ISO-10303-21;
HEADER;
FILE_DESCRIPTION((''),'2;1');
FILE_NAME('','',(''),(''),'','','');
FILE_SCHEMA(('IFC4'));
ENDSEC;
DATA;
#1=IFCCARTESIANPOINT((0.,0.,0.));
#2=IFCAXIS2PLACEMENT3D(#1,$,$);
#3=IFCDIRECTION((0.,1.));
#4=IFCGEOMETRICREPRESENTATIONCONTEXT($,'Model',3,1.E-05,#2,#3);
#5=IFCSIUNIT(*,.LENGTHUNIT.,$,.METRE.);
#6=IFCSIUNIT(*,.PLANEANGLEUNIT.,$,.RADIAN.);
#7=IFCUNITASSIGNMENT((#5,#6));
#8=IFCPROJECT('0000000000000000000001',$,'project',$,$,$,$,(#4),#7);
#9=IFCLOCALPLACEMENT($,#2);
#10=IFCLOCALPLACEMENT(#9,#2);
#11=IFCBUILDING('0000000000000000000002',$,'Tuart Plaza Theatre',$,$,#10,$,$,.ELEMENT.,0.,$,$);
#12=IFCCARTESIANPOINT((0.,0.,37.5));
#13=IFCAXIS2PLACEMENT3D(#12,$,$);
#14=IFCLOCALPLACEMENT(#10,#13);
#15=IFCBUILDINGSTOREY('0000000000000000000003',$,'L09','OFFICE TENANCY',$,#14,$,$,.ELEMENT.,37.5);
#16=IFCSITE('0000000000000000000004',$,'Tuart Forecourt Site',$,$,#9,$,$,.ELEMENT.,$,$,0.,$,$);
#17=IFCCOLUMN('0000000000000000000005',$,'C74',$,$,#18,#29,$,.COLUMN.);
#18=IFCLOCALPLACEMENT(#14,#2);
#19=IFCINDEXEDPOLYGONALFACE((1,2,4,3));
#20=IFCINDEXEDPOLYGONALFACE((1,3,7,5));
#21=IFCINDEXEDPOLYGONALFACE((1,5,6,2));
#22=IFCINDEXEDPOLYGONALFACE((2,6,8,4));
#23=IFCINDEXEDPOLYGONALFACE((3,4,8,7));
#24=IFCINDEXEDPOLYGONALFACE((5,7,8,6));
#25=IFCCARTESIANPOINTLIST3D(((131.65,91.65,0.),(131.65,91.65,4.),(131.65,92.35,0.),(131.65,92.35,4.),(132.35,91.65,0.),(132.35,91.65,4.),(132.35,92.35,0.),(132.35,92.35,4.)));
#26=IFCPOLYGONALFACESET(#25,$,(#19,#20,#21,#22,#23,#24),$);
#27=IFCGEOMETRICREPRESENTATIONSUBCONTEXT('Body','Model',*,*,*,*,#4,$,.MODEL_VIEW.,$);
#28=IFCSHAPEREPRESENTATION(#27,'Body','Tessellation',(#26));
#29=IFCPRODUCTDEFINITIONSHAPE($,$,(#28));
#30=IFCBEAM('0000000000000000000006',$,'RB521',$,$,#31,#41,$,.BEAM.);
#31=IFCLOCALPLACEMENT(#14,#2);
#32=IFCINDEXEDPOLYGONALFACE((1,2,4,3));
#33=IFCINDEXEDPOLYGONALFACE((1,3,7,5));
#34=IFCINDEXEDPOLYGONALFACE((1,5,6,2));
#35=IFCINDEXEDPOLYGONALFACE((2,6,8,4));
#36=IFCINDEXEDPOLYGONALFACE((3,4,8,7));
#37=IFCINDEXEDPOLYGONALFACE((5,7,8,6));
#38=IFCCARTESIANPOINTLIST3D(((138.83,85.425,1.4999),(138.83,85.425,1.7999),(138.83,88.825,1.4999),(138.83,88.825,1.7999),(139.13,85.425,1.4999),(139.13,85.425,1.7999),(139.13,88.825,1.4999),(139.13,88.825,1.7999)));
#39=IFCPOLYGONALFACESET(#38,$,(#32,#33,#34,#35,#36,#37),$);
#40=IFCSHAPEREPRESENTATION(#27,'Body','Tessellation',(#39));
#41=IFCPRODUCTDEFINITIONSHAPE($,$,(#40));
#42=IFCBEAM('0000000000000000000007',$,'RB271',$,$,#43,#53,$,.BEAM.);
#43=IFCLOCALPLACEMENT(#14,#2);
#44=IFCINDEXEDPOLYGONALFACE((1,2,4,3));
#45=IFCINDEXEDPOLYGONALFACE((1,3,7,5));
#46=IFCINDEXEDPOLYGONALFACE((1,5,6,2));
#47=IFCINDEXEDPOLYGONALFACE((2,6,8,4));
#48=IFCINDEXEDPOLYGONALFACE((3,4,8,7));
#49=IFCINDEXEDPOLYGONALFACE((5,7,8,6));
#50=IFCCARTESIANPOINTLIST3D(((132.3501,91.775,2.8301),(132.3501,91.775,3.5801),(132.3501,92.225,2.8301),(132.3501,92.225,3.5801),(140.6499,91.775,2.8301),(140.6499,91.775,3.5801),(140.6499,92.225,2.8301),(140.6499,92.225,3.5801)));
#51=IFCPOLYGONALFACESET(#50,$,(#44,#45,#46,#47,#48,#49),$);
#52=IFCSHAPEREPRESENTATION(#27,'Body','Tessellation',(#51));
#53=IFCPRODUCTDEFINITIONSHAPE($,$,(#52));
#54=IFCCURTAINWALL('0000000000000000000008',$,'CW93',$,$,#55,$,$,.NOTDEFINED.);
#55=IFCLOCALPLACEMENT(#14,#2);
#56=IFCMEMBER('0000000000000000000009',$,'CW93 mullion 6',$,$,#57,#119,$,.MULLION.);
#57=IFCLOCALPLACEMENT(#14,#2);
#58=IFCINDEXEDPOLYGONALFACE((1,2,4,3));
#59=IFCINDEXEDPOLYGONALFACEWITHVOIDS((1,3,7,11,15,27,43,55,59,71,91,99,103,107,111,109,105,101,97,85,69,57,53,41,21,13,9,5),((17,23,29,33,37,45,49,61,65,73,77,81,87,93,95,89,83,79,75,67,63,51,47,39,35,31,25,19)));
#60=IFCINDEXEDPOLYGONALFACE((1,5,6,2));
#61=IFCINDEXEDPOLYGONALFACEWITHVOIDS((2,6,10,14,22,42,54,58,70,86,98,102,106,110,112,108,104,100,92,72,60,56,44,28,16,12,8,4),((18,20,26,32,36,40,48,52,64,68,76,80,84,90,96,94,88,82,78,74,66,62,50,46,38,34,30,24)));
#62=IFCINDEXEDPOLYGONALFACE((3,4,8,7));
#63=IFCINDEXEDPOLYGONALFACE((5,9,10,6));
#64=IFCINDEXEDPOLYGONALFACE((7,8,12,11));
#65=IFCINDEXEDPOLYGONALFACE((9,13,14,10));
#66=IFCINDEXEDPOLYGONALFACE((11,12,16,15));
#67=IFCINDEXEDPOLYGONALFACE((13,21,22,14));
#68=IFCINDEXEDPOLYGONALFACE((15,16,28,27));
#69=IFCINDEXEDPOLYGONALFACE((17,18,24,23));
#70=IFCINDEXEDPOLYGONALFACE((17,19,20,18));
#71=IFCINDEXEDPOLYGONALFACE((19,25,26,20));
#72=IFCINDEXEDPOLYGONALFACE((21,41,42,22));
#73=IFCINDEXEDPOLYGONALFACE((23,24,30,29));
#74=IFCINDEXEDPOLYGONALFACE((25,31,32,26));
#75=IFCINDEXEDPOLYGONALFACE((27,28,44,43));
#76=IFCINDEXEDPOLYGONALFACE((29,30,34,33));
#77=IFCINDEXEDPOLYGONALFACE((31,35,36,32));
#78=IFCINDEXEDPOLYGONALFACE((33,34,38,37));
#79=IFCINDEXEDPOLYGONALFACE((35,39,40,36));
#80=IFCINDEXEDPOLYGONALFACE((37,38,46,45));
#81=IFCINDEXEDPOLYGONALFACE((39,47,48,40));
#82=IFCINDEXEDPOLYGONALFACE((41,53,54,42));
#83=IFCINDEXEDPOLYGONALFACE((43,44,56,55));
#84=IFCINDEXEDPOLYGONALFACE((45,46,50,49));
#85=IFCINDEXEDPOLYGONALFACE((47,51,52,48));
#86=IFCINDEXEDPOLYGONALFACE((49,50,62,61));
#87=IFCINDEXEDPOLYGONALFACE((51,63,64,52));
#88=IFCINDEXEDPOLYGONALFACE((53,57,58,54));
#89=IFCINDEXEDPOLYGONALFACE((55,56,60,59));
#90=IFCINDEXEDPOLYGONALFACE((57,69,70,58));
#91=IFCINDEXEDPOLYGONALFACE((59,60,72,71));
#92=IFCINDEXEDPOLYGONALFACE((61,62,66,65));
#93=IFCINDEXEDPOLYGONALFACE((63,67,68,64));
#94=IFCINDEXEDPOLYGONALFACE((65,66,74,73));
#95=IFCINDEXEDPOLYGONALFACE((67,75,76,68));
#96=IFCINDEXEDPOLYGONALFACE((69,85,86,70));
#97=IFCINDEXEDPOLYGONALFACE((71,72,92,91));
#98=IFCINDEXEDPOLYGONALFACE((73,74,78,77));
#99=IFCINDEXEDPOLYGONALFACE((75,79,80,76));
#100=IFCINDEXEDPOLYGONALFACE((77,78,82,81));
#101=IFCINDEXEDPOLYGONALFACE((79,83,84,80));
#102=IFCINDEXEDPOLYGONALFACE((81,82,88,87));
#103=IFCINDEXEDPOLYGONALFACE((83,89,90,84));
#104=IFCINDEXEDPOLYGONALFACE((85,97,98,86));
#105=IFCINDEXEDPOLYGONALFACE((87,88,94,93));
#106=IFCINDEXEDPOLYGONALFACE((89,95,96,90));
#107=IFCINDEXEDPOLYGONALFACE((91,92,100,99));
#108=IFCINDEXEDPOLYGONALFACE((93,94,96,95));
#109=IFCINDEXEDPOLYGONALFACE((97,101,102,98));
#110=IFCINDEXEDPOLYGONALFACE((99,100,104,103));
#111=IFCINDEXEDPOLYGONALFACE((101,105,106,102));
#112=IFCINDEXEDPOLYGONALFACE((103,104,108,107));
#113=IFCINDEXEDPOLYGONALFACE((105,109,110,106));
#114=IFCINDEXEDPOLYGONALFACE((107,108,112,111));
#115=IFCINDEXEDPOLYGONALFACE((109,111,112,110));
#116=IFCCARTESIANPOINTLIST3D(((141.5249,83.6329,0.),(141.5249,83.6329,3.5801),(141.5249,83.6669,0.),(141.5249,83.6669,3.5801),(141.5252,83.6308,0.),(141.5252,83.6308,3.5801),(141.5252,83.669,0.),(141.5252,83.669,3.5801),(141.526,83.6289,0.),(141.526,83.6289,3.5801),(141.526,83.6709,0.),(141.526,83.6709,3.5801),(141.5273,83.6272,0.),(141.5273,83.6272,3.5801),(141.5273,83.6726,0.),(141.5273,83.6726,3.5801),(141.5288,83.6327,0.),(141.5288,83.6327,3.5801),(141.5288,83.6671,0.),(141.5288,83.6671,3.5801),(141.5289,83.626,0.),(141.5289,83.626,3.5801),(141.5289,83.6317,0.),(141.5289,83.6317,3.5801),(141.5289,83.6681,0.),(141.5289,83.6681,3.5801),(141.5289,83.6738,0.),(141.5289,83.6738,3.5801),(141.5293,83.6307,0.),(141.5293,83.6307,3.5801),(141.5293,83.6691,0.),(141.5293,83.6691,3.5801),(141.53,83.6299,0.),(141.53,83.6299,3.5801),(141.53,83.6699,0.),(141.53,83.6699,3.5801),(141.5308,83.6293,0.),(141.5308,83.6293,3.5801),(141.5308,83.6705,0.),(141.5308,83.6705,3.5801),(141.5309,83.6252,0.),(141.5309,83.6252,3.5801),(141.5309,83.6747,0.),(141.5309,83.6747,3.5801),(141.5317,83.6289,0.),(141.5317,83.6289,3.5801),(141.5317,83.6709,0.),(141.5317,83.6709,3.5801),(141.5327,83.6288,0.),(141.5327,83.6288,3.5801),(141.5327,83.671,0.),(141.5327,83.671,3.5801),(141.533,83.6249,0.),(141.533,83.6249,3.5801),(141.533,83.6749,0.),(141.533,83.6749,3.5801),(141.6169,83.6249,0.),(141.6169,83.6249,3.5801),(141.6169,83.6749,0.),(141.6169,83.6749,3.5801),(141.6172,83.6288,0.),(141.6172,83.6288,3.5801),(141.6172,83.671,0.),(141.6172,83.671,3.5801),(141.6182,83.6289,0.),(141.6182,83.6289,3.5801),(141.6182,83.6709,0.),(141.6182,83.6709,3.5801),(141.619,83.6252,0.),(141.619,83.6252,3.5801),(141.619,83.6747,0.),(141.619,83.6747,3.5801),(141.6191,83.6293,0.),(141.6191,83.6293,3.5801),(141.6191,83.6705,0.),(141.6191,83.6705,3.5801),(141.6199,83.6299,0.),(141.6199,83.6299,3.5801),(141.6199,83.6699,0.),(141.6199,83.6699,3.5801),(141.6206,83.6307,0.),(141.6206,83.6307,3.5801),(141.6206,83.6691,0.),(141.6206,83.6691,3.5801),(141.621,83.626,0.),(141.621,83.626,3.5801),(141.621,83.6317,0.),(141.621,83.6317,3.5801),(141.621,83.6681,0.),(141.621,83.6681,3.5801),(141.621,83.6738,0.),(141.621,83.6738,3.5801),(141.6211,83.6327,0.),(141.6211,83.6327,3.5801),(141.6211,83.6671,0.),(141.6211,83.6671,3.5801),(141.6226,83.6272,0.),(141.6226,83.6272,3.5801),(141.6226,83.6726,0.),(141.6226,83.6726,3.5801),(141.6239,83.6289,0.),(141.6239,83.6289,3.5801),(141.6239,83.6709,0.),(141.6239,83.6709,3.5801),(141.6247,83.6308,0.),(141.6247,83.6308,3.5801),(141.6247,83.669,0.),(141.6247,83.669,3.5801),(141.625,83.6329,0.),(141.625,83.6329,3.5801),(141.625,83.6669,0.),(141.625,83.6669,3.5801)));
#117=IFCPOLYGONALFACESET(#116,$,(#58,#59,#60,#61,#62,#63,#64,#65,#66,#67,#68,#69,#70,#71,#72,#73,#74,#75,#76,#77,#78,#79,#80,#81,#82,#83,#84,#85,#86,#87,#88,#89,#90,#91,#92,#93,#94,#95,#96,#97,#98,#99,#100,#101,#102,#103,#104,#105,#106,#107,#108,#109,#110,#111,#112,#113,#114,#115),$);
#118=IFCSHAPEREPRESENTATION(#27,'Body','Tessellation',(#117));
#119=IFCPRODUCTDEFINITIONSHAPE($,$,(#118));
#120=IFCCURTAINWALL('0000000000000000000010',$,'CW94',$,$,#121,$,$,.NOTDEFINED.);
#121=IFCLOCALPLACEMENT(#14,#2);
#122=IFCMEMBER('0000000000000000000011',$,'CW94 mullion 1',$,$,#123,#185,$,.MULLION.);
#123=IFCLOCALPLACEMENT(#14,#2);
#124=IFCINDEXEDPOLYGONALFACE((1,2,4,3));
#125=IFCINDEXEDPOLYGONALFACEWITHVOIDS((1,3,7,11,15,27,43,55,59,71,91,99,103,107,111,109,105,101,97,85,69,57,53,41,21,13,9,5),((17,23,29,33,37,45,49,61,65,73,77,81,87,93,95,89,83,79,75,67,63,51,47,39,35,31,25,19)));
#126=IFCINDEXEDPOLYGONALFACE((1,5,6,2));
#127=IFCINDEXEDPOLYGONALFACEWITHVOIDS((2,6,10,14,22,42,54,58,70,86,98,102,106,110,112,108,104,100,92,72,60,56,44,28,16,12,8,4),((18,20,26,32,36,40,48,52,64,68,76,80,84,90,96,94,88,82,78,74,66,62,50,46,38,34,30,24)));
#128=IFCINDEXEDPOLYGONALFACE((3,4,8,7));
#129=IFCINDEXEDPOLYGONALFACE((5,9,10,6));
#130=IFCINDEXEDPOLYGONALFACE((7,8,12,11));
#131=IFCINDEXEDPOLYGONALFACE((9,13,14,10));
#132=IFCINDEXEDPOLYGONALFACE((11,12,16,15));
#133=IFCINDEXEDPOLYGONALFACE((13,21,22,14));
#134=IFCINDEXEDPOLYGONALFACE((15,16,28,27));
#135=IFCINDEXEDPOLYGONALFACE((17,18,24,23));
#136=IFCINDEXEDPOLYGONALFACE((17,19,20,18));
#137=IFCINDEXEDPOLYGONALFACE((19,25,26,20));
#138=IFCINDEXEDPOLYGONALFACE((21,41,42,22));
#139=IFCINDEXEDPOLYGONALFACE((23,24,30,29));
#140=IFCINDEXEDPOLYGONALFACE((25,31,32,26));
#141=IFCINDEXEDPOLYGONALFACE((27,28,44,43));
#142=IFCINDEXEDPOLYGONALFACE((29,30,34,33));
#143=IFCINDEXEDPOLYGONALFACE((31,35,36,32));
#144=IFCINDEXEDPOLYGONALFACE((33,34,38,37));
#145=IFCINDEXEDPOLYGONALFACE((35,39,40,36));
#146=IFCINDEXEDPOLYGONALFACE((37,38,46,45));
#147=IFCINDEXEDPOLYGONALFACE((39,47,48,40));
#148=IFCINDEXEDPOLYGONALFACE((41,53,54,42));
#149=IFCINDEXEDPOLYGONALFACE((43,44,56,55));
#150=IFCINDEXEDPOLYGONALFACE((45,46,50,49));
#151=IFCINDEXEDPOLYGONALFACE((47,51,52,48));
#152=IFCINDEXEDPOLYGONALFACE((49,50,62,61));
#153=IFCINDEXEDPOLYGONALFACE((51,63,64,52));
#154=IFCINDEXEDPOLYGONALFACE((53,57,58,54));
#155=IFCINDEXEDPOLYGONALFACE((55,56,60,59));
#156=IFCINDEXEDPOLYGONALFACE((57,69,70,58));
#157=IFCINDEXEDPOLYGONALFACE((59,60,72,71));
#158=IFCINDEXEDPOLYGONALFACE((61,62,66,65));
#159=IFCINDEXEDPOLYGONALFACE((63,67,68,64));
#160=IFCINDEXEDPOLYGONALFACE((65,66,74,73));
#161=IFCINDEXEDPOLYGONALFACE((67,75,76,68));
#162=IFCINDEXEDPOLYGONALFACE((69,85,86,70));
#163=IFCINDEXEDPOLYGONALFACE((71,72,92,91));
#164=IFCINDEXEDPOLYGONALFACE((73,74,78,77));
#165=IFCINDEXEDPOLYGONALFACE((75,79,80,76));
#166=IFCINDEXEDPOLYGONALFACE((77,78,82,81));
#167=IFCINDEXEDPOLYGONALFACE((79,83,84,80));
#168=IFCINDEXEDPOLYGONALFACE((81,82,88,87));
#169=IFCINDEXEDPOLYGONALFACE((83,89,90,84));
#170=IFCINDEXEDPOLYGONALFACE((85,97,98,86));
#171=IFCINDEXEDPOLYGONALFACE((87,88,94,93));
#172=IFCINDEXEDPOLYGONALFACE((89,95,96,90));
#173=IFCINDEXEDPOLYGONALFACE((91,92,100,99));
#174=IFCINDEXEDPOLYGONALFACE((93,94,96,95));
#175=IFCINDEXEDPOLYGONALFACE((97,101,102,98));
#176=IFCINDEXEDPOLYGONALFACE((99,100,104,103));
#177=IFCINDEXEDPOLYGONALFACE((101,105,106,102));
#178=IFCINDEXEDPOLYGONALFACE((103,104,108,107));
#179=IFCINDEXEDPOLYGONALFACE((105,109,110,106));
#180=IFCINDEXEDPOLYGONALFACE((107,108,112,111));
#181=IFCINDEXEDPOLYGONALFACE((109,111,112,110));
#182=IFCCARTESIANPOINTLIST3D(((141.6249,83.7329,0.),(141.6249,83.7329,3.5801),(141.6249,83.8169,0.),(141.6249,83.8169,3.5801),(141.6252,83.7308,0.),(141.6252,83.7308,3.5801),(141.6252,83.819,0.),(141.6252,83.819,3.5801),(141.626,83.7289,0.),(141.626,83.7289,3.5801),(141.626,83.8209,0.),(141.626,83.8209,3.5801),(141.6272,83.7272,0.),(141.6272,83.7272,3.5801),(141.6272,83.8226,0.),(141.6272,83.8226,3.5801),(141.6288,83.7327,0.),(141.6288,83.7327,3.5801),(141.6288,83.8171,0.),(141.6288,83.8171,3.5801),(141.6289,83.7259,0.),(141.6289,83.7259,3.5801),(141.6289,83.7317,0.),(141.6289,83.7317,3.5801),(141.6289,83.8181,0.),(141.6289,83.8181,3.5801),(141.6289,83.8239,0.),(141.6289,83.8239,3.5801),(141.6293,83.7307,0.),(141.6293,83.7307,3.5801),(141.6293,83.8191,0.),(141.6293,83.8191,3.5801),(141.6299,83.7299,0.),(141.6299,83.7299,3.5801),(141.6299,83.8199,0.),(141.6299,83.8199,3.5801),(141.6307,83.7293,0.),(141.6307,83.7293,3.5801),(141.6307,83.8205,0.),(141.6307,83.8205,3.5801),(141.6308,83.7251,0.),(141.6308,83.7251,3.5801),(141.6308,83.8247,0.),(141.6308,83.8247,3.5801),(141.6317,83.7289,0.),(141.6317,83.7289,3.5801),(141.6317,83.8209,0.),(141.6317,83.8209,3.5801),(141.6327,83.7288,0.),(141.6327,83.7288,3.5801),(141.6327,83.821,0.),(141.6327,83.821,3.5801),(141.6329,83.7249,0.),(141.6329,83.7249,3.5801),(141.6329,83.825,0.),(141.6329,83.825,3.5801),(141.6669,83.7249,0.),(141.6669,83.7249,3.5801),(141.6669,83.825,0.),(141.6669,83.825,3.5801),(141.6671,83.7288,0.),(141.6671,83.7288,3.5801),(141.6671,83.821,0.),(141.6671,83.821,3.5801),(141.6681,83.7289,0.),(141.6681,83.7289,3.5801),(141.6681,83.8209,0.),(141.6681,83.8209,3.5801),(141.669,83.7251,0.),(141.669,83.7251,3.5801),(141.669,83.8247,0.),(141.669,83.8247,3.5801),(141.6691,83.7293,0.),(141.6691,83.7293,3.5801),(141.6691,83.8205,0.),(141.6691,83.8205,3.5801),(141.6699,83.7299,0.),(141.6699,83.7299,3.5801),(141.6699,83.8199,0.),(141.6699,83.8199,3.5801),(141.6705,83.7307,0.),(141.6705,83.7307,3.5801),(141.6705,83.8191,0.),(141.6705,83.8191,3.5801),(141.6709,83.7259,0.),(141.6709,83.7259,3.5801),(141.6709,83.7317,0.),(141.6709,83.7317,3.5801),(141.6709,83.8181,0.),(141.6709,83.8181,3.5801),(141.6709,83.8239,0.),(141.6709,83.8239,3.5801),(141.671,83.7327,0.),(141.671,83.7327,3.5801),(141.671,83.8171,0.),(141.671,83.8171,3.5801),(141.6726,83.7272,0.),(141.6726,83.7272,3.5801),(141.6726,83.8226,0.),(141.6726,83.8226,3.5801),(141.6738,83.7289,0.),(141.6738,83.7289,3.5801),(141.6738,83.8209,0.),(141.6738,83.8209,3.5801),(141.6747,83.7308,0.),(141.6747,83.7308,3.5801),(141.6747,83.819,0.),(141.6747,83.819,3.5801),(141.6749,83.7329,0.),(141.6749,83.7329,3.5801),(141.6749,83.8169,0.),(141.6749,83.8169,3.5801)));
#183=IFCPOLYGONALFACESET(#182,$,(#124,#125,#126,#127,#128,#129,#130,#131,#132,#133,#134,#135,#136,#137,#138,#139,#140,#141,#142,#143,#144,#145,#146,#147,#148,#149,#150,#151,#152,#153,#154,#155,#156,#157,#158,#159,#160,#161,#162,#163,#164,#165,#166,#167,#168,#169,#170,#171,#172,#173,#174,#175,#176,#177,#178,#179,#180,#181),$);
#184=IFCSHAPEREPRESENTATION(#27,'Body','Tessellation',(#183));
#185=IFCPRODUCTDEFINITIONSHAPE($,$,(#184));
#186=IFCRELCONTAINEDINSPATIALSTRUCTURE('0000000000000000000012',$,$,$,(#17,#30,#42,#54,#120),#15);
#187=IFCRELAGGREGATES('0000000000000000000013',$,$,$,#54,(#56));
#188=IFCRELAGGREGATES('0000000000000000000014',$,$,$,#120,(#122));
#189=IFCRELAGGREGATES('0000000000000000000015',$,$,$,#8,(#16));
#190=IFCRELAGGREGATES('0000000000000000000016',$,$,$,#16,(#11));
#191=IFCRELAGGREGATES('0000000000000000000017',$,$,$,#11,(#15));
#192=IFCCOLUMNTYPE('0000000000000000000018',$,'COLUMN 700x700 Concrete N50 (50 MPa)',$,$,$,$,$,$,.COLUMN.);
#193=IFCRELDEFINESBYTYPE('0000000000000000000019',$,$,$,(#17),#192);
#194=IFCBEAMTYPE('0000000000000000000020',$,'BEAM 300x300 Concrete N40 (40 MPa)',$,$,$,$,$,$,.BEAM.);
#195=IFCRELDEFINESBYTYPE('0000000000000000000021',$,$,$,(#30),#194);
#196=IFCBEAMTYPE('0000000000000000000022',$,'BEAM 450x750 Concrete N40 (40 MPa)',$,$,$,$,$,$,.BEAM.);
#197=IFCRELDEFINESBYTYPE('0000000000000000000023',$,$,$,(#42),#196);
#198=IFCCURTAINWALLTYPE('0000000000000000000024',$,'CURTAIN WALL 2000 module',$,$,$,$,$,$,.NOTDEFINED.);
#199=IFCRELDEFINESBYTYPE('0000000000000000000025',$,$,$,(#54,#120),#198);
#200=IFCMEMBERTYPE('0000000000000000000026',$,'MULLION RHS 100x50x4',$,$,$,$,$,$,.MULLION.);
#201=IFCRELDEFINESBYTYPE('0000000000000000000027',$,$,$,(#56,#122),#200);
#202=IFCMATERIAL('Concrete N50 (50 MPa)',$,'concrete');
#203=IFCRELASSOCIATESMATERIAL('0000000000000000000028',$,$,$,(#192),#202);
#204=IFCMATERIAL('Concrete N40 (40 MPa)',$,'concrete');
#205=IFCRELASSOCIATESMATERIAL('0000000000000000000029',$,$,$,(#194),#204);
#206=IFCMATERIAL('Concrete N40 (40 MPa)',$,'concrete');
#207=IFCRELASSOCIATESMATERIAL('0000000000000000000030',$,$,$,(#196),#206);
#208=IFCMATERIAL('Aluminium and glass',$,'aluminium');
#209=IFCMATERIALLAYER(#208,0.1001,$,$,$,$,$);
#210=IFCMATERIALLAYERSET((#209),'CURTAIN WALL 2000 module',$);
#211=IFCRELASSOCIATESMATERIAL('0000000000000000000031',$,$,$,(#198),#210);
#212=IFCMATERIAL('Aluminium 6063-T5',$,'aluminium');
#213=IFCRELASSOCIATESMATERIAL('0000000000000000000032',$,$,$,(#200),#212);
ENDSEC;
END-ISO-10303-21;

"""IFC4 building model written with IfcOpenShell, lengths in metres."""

from ifc_helpers import new_model, si_unit, direction, frame, origin, origin_2d, place, context, subcontext, project, spatial, rectangle, hollow_rectangle, extrude, material, layer, layer_set, material_profile, profile_set, type_object, element, aggregate, save


model = new_model("IFC4")

# Units and contexts
model_context = context("Model", 3, precision=1e-05, world=origin(), true_north=direction((0.0, 1.0)))
body_context = subcontext(model_context, "Body", "Model", "MODEL_VIEW")
ifc_project = project(units=[si_unit("LENGTHUNIT", "METRE"), si_unit("PLANEANGLEUNIT", "RADIAN")], contexts=[model_context])

# Site, building, storey
site_placement = place(None, origin())
site = spatial("IfcSite", under=ifc_project, at=site_placement, Name="Tuart Forecourt Site", CompositionType="ELEMENT", RefElevation=0.0)
building_placement = place(site_placement, origin())
building = spatial("IfcBuilding", under=site, at=building_placement, Name="Tuart Plaza Theatre", CompositionType="ELEMENT", ElevationOfRefHeight=0.0)
storey_placement = place(building_placement, frame((0.0, 0.0, 37.5)))
storey = spatial("IfcBuildingStorey", under=building, at=storey_placement, Name="L09", Description="OFFICE TENANCY", CompositionType="ELEMENT", Elevation=37.5)

# Column
ifc_material_1 = material(Name="Concrete N50 (50 MPa)", Category="concrete")
ifc_material_profile_1 = material_profile(ifc_material_1, rectangle(XDim=0.7, YDim=0.7, at=origin_2d()), Name="COLUMN 700x700 Concrete N50 (50 MPa)")
ifc_profile_set_1 = profile_set([ifc_material_profile_1], Name="Concrete N50 (50 MPa)")
column_type = type_object("IfcColumnType", Name="COLUMN 700x700 Concrete N50 (50 MPa)", PredefinedType="COLUMN", material=ifc_profile_set_1)
column_placement = place(storey_placement, frame((132.0, 92.0, 0.0), z_axis=(0.0, 0.0, 1.0), x_axis=(1.0, 0.0, 0.0)))
element("IfcColumn", 1, at=column_placement, inside=storey, type_object=column_type, Name="C74", PredefinedType="COLUMN", context=body_context, shape_type="SweptSolid", body=[
    extrude(rectangle(XDim=0.7, YDim=0.7, at=origin_2d()), origin(), (0.0, 0.0, 1.0), 4.0),
])

# Beams
ifc_material_2 = material(Name="Concrete N40 (40 MPa)", Category="concrete")
ifc_material_profile_2 = material_profile(ifc_material_2, rectangle(XDim=0.3, YDim=0.3, at=origin_2d()), Name="BEAM 300x300 Concrete N40 (40 MPa)")
ifc_profile_set_2 = profile_set([ifc_material_profile_2], Name="Concrete N40 (40 MPa)")
beam_type_1 = type_object("IfcBeamType", Name="BEAM 300x300 Concrete N40 (40 MPa)", PredefinedType="BEAM", material=ifc_profile_set_2)
beam_1_placement = place(storey_placement, frame((138.98, 85.425, 1.6499), z_axis=(0.0, 1.0, 0.0), x_axis=(-1.0, 0.0, 0.0)))
element("IfcBeam", 2, at=beam_1_placement, inside=storey, type_object=beam_type_1, Name="RB521", PredefinedType="BEAM", context=body_context, shape_type="SweptSolid", body=[
    extrude(rectangle(XDim=0.3, YDim=0.3, at=origin_2d()), origin(), (0.0, 0.0, 1.0), 3.3999),
])
ifc_material_3 = material(Name="Concrete N40 (40 MPa)", Category="concrete")
ifc_material_profile_3 = material_profile(ifc_material_3, rectangle(XDim=0.45, YDim=0.75, at=origin_2d()), Name="BEAM 450x750 Concrete N40 (40 MPa)")
ifc_profile_set_3 = profile_set([ifc_material_profile_3], Name="Concrete N40 (40 MPa)")
beam_type_2 = type_object("IfcBeamType", Name="BEAM 450x750 Concrete N40 (40 MPa)", PredefinedType="BEAM", material=ifc_profile_set_3)
beam_2_placement = place(storey_placement, frame((132.3501, 92.0, 3.2051), z_axis=(1.0, 0.0, 0.0), x_axis=(0.0, 1.0, 0.0)))
element("IfcBeam", 3, at=beam_2_placement, inside=storey, type_object=beam_type_2, Name="RB271", PredefinedType="BEAM", context=body_context, shape_type="SweptSolid", body=[
    extrude(rectangle(XDim=0.45, YDim=0.75, at=origin_2d()), origin(), (0.0, 0.0, 1.0), 8.2998),
])

# Curtain wall, member
ifc_material_4 = material(Name="Aluminium and glass", Category="aluminium")
ifc_layer_1 = layer(ifc_material_4, 0.1001)
ifc_layer_set_1 = layer_set([ifc_layer_1], Name="CURTAIN WALL 2000 module")
curtain_wall_type = type_object("IfcCurtainWallType", Name="CURTAIN WALL 2000 module", PredefinedType="NOTDEFINED", material=ifc_layer_set_1)
curtain_wall_1_placement = place(storey_placement, origin())
curtain_wall_1 = element("IfcCurtainWall", 4, at=curtain_wall_1_placement, inside=storey, type_object=curtain_wall_type, Name="CW93", PredefinedType="NOTDEFINED")
ifc_material_5 = material(Name="Aluminium 6063-T5", Category="aluminium")
ifc_material_profile_4 = material_profile(ifc_material_5, hollow_rectangle(XDim=0.05, YDim=0.1001, WallThickness=0.0039, InnerFilletRadius=0.0039, OuterFilletRadius=0.0081, at=origin_2d()), Name="RHS 100x50x4")
ifc_profile_set_4 = profile_set([ifc_material_profile_4], Name="Aluminium 6063-T5")
member_type_1 = type_object("IfcMemberType", Name="MULLION RHS 100x50x4", PredefinedType="MULLION", material=ifc_profile_set_4)
member_1_placement = place(storey_placement, frame((141.575, 83.6499, 0.0), z_axis=(0.0, 0.0, 1.0), x_axis=(0.0, -1.0, 0.0)))
member_1 = element("IfcMember", 5, at=member_1_placement, type_object=member_type_1, Name="CW93 mullion 6", PredefinedType="MULLION", context=body_context, shape_type="SweptSolid", body=[
    extrude(hollow_rectangle(XDim=0.05, YDim=0.1001, WallThickness=0.0039, InnerFilletRadius=0.0039, OuterFilletRadius=0.0081, at=origin_2d()), origin(), (0.0, 0.0, 1.0), 3.5801),
])
aggregate(curtain_wall_1, [member_1])

# Curtain wall, member
curtain_wall_2_placement = place(storey_placement, origin())
curtain_wall_2 = element("IfcCurtainWall", 6, at=curtain_wall_2_placement, inside=storey, type_object=curtain_wall_type, Name="CW94", PredefinedType="NOTDEFINED")
member_2_placement = place(storey_placement, frame((141.6499, 83.7749, 0.0), z_axis=(0.0, 0.0, 1.0), x_axis=(-1.0, 0.0, 0.0)))
member_2 = element("IfcMember", 7, at=member_2_placement, type_object=member_type_1, Name="CW94 mullion 1", PredefinedType="MULLION", context=body_context, shape_type="SweptSolid", body=[
    extrude(hollow_rectangle(XDim=0.05, YDim=0.1001, WallThickness=0.0039, InnerFilletRadius=0.0039, OuterFilletRadius=0.0081, at=origin_2d()), origin(), (0.0, 0.0, 1.0), 3.5801),
])
aggregate(curtain_wall_2, [member_2])

save(model, "model.ifc")
